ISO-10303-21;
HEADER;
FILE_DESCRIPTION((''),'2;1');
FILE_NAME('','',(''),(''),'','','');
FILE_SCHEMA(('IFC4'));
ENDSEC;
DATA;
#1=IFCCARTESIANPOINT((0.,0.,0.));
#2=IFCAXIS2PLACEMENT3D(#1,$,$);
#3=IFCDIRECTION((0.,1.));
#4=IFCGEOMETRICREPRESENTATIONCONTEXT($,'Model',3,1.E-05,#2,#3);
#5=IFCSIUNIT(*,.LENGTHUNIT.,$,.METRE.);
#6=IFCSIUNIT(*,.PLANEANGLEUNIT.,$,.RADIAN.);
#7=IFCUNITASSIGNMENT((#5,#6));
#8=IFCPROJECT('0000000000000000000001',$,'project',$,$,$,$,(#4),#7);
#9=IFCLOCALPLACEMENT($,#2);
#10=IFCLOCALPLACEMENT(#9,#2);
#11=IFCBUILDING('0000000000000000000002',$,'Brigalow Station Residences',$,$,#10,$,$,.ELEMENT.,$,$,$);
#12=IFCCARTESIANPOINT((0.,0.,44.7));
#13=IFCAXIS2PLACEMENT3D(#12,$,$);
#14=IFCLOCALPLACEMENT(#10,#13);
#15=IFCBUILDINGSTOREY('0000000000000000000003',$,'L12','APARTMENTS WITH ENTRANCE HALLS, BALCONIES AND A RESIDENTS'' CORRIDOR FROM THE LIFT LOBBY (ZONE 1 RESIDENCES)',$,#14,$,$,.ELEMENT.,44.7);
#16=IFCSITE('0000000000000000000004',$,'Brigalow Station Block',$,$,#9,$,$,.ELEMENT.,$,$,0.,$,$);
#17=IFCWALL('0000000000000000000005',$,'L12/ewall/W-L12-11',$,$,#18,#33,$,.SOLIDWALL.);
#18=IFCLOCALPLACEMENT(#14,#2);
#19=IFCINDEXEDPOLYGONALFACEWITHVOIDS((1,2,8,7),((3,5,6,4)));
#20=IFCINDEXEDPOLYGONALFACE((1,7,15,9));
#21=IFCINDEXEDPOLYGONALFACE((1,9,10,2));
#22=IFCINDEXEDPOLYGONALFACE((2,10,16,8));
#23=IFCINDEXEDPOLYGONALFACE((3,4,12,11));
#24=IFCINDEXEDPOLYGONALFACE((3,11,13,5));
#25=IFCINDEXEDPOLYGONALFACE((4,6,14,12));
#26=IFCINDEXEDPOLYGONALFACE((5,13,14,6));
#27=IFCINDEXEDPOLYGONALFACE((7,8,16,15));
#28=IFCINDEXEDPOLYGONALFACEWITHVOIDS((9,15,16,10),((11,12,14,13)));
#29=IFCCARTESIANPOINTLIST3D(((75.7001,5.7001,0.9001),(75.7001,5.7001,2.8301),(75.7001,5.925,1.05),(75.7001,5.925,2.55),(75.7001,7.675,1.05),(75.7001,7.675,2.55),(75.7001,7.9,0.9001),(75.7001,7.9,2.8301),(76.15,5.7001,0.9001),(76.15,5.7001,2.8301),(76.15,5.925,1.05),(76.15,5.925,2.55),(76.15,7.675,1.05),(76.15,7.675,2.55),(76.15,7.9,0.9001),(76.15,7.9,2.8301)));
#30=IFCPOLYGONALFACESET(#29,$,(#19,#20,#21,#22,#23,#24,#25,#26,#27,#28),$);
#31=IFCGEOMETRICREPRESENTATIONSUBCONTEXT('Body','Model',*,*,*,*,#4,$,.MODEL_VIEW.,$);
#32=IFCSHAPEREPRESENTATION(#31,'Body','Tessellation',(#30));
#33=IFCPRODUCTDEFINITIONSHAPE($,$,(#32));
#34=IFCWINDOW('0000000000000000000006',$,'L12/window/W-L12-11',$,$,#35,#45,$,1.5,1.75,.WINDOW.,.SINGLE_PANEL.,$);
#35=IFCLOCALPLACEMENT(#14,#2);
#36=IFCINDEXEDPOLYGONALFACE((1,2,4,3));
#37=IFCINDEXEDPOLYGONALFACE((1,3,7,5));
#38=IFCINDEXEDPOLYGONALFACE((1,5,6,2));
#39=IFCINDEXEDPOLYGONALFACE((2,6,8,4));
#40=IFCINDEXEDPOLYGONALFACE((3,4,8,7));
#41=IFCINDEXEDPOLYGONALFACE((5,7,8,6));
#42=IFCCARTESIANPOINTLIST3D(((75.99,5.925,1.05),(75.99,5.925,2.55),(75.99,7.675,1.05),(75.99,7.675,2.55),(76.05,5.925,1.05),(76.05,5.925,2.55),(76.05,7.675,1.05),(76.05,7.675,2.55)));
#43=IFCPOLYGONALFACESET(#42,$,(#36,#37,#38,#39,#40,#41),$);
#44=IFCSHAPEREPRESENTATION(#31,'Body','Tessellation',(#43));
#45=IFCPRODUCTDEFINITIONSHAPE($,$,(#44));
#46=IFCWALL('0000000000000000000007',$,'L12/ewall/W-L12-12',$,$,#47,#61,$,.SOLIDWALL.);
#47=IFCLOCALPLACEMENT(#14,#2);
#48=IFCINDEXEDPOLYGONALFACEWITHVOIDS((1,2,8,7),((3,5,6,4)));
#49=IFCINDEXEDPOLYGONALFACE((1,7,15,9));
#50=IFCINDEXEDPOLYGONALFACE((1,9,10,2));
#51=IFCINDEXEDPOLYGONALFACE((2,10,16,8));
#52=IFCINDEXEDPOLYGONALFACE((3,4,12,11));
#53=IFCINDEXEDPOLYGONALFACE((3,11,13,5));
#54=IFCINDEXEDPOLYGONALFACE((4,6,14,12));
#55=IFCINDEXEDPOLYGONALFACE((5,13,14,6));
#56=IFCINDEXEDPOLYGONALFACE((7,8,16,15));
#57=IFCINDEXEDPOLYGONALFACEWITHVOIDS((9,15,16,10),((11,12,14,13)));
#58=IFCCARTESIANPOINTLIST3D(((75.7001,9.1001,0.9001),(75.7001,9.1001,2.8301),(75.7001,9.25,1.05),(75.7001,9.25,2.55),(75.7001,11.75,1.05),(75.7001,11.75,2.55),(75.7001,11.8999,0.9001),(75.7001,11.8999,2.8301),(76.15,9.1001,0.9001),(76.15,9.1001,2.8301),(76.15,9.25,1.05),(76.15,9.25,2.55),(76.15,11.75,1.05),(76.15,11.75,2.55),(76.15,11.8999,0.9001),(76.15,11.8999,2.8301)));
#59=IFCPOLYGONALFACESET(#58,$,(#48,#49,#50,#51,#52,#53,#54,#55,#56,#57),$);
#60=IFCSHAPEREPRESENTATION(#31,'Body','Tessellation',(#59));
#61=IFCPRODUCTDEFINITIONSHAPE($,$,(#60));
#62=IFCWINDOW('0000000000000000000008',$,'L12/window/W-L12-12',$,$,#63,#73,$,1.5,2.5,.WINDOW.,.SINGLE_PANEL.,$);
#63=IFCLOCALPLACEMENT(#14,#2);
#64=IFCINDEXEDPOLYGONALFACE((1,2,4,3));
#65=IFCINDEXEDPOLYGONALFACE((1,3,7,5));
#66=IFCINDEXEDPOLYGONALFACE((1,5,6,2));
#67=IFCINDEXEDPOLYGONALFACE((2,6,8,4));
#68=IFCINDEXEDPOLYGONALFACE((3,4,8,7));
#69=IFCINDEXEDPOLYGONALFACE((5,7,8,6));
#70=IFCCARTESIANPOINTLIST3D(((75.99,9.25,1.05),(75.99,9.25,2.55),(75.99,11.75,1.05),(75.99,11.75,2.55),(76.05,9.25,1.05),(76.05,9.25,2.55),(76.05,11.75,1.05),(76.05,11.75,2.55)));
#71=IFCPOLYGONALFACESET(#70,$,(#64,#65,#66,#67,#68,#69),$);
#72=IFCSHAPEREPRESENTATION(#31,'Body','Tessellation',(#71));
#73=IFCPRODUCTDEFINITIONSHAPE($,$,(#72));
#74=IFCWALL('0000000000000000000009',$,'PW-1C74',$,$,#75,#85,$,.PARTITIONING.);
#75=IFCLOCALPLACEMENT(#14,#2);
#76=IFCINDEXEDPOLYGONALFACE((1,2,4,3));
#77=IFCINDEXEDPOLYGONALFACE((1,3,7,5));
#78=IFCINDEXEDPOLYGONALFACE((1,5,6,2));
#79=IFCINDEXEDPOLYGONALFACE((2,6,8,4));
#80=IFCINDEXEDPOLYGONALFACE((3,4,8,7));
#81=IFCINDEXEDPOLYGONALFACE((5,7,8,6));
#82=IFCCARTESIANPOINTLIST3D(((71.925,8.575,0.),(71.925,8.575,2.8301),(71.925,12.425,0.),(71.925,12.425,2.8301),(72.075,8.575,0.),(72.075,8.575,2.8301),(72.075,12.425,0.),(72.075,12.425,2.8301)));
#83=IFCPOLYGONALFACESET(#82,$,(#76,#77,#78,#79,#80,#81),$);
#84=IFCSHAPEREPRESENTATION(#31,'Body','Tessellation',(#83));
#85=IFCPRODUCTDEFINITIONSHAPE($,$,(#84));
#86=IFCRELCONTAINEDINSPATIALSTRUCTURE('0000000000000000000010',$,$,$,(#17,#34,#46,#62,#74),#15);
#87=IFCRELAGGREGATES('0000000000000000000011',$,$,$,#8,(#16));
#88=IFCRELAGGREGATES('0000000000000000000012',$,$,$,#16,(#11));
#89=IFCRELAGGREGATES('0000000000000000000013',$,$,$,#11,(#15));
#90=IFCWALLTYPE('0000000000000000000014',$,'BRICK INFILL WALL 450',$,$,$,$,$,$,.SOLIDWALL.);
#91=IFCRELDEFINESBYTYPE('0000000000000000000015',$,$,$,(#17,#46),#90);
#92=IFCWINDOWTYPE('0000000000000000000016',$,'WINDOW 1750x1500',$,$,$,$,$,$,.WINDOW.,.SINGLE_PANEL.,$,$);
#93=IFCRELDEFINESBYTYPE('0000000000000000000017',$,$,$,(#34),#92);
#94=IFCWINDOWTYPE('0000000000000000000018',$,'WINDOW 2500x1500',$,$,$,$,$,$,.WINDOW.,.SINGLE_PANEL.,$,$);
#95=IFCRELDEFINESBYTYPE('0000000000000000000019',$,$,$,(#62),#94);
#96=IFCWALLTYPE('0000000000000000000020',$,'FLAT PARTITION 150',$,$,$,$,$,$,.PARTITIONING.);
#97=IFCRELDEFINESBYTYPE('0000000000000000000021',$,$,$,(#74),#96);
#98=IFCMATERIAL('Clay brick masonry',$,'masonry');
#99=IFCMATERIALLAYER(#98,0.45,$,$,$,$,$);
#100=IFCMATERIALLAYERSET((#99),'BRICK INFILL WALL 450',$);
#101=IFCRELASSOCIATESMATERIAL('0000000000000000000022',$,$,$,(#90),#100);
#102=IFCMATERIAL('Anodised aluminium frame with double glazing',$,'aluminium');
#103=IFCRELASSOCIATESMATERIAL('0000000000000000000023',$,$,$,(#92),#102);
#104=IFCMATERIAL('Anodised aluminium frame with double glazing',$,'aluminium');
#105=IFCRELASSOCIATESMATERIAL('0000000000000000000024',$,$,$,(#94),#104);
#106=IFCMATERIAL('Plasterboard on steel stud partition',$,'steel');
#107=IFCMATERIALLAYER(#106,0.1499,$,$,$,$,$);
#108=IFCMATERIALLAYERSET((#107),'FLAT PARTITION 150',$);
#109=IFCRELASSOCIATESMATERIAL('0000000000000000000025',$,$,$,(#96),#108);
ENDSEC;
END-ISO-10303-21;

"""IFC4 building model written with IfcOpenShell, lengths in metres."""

from ifc_helpers import new_model, si_unit, direction, frame, frame_2d, origin, place, context, subcontext, project, spatial, rectangle, extrude, material, layer, layer_set, type_object, element, fill, save


model = new_model("IFC4")

# Units and contexts
model_context = context("Model", 3, precision=1e-05, world=origin(), true_north=direction((0.0, 1.0)))
body_context = subcontext(model_context, "Body", "Model", "MODEL_VIEW")
ifc_project = project(units=[si_unit("LENGTHUNIT", "METRE"), si_unit("PLANEANGLEUNIT", "RADIAN")], contexts=[model_context])

# Site, building, storey
site_placement = place(None, origin())
site = spatial("IfcSite", under=ifc_project, at=site_placement, Name="Brigalow Station Block", CompositionType="ELEMENT", RefElevation=0.0)
building_placement = place(site_placement, origin())
building = spatial("IfcBuilding", under=site, at=building_placement, Name="Brigalow Station Residences", CompositionType="ELEMENT")
storey_placement = place(building_placement, frame((0.0, 0.0, 44.7)))
storey = spatial("IfcBuildingStorey", under=building, at=storey_placement, Name="L12", Description="APARTMENTS WITH ENTRANCE HALLS, BALCONIES AND A RESIDENTS' CORRIDOR FROM THE LIFT LOBBY (ZONE 1 RESIDENCES)", CompositionType="ELEMENT", Elevation=44.7)

# Walls, openings, windows
ifc_material_1 = material(Name="Clay brick masonry", Category="masonry")
ifc_layer_1 = layer(ifc_material_1, 0.45)
ifc_layer_set_1 = layer_set([ifc_layer_1], Name="BRICK INFILL WALL 450")
wall_type_1 = type_object("IfcWallType", Name="BRICK INFILL WALL 450", PredefinedType="SOLIDWALL", material=ifc_layer_set_1)
wall_1_placement = place(storey_placement, frame((75.925, 5.7, 0.9001), z_axis=(0.0, 0.0, 1.0), x_axis=(0.0, 1.0, 0.0)))
wall_1 = element("IfcWall", 1, at=wall_1_placement, inside=storey, type_object=wall_type_1, Name="L12/ewall/W-L12-11", PredefinedType="SOLIDWALL", context=body_context, shape_type="SweptSolid", body=[
    extrude(rectangle(XDim=2.2, YDim=0.45, at=frame_2d((1.1001, 0.0))), origin(), (0.0, 0.0, 1.0), 1.9299),
])
opening_1_placement = place(wall_1_placement, frame((0.2251, 0.0, 0.1499)))
opening_1 = element("IfcOpeningElement", 2, at=opening_1_placement, cuts=wall_1, PredefinedType="OPENING", context=body_context, shape_type="SweptSolid", body=[
    extrude(rectangle(XDim=1.75, YDim=1.5, at=frame_2d((0.875, 0.75))), frame((0.0, 0.2349, 0.0), z_axis=(0.0, -1.0, 0.0), x_axis=(1.0, 0.0, 0.0)), (0.0, 0.0, 1.0), 0.47),
])
ifc_material_2 = material(Name="Anodised aluminium frame with double glazing", Category="aluminium")
window_type_1 = type_object("IfcWindowType", Name="WINDOW 1750x1500", PartitioningType="SINGLE_PANEL", PredefinedType="WINDOW", material=ifc_material_2)
window_1_placement = place(opening_1_placement, origin())
window_1 = element("IfcWindow", 3, at=window_1_placement, inside=storey, type_object=window_type_1, Name="L12/window/W-L12-11", OverallHeight=1.5, OverallWidth=1.75, PartitioningType="SINGLE_PANEL", PredefinedType="WINDOW", context=body_context, shape_type="SweptSolid", body=[
    extrude(rectangle(XDim=1.75, YDim=1.5, at=frame_2d((0.875, 0.75))), frame((0.0, -0.0649, 0.0), z_axis=(0.0, -1.0, 0.0), x_axis=(1.0, 0.0, 0.0)), (0.0, 0.0, 1.0), 0.0601),
])
fill(opening_1, window_1)
wall_2_placement = place(storey_placement, frame((75.925, 9.1001, 0.9001), z_axis=(0.0, 0.0, 1.0), x_axis=(0.0, 1.0, 0.0)))
wall_2 = element("IfcWall", 4, at=wall_2_placement, inside=storey, type_object=wall_type_1, Name="L12/ewall/W-L12-12", PredefinedType="SOLIDWALL", context=body_context, shape_type="SweptSolid", body=[
    extrude(rectangle(XDim=2.7998, YDim=0.45, at=frame_2d((1.3999, 0.0))), origin(), (0.0, 0.0, 1.0), 1.9299),
])
opening_2_placement = place(wall_2_placement, frame((0.1499, 0.0, 0.1499)))
opening_2 = element("IfcOpeningElement", 5, at=opening_2_placement, cuts=wall_2, PredefinedType="OPENING", context=body_context, shape_type="SweptSolid", body=[
    extrude(rectangle(XDim=2.5, YDim=1.5, at=frame_2d((1.25, 0.75))), frame((0.0, 0.2349, 0.0), z_axis=(0.0, -1.0, 0.0), x_axis=(1.0, 0.0, 0.0)), (0.0, 0.0, 1.0), 0.47),
])
ifc_material_3 = material(Name="Anodised aluminium frame with double glazing", Category="aluminium")
window_type_2 = type_object("IfcWindowType", Name="WINDOW 2500x1500", PartitioningType="SINGLE_PANEL", PredefinedType="WINDOW", material=ifc_material_3)
window_2_placement = place(opening_2_placement, origin())
window_2 = element("IfcWindow", 6, at=window_2_placement, inside=storey, type_object=window_type_2, Name="L12/window/W-L12-12", OverallHeight=1.5, OverallWidth=2.5, PartitioningType="SINGLE_PANEL", PredefinedType="WINDOW", context=body_context, shape_type="SweptSolid", body=[
    extrude(rectangle(XDim=2.5, YDim=1.5, at=frame_2d((1.25, 0.75))), frame((0.0, -0.0649, 0.0), z_axis=(0.0, -1.0, 0.0), x_axis=(1.0, 0.0, 0.0)), (0.0, 0.0, 1.0), 0.0601),
])
fill(opening_2, window_2)

# Wall
ifc_material_4 = material(Name="Plasterboard on steel stud partition", Category="steel")
ifc_layer_2 = layer(ifc_material_4, 0.1499)
ifc_layer_set_2 = layer_set([ifc_layer_2], Name="FLAT PARTITION 150")
wall_type_2 = type_object("IfcWallType", Name="FLAT PARTITION 150", PredefinedType="PARTITIONING", material=ifc_layer_set_2)
wall_3_placement = place(storey_placement, frame((72.0, 8.575, 0.0), z_axis=(0.0, 0.0, 1.0), x_axis=(0.0, 1.0, 0.0)))
element("IfcWall", 7, at=wall_3_placement, inside=storey, type_object=wall_type_2, Name="PW-1C74", PredefinedType="PARTITIONING", context=body_context, shape_type="SweptSolid", body=[
    extrude(rectangle(XDim=3.8501, YDim=0.1499, at=frame_2d((1.925, 0.0))), origin(), (0.0, 0.0, 1.0), 2.8301),
])

save(model, "model.ifc")
